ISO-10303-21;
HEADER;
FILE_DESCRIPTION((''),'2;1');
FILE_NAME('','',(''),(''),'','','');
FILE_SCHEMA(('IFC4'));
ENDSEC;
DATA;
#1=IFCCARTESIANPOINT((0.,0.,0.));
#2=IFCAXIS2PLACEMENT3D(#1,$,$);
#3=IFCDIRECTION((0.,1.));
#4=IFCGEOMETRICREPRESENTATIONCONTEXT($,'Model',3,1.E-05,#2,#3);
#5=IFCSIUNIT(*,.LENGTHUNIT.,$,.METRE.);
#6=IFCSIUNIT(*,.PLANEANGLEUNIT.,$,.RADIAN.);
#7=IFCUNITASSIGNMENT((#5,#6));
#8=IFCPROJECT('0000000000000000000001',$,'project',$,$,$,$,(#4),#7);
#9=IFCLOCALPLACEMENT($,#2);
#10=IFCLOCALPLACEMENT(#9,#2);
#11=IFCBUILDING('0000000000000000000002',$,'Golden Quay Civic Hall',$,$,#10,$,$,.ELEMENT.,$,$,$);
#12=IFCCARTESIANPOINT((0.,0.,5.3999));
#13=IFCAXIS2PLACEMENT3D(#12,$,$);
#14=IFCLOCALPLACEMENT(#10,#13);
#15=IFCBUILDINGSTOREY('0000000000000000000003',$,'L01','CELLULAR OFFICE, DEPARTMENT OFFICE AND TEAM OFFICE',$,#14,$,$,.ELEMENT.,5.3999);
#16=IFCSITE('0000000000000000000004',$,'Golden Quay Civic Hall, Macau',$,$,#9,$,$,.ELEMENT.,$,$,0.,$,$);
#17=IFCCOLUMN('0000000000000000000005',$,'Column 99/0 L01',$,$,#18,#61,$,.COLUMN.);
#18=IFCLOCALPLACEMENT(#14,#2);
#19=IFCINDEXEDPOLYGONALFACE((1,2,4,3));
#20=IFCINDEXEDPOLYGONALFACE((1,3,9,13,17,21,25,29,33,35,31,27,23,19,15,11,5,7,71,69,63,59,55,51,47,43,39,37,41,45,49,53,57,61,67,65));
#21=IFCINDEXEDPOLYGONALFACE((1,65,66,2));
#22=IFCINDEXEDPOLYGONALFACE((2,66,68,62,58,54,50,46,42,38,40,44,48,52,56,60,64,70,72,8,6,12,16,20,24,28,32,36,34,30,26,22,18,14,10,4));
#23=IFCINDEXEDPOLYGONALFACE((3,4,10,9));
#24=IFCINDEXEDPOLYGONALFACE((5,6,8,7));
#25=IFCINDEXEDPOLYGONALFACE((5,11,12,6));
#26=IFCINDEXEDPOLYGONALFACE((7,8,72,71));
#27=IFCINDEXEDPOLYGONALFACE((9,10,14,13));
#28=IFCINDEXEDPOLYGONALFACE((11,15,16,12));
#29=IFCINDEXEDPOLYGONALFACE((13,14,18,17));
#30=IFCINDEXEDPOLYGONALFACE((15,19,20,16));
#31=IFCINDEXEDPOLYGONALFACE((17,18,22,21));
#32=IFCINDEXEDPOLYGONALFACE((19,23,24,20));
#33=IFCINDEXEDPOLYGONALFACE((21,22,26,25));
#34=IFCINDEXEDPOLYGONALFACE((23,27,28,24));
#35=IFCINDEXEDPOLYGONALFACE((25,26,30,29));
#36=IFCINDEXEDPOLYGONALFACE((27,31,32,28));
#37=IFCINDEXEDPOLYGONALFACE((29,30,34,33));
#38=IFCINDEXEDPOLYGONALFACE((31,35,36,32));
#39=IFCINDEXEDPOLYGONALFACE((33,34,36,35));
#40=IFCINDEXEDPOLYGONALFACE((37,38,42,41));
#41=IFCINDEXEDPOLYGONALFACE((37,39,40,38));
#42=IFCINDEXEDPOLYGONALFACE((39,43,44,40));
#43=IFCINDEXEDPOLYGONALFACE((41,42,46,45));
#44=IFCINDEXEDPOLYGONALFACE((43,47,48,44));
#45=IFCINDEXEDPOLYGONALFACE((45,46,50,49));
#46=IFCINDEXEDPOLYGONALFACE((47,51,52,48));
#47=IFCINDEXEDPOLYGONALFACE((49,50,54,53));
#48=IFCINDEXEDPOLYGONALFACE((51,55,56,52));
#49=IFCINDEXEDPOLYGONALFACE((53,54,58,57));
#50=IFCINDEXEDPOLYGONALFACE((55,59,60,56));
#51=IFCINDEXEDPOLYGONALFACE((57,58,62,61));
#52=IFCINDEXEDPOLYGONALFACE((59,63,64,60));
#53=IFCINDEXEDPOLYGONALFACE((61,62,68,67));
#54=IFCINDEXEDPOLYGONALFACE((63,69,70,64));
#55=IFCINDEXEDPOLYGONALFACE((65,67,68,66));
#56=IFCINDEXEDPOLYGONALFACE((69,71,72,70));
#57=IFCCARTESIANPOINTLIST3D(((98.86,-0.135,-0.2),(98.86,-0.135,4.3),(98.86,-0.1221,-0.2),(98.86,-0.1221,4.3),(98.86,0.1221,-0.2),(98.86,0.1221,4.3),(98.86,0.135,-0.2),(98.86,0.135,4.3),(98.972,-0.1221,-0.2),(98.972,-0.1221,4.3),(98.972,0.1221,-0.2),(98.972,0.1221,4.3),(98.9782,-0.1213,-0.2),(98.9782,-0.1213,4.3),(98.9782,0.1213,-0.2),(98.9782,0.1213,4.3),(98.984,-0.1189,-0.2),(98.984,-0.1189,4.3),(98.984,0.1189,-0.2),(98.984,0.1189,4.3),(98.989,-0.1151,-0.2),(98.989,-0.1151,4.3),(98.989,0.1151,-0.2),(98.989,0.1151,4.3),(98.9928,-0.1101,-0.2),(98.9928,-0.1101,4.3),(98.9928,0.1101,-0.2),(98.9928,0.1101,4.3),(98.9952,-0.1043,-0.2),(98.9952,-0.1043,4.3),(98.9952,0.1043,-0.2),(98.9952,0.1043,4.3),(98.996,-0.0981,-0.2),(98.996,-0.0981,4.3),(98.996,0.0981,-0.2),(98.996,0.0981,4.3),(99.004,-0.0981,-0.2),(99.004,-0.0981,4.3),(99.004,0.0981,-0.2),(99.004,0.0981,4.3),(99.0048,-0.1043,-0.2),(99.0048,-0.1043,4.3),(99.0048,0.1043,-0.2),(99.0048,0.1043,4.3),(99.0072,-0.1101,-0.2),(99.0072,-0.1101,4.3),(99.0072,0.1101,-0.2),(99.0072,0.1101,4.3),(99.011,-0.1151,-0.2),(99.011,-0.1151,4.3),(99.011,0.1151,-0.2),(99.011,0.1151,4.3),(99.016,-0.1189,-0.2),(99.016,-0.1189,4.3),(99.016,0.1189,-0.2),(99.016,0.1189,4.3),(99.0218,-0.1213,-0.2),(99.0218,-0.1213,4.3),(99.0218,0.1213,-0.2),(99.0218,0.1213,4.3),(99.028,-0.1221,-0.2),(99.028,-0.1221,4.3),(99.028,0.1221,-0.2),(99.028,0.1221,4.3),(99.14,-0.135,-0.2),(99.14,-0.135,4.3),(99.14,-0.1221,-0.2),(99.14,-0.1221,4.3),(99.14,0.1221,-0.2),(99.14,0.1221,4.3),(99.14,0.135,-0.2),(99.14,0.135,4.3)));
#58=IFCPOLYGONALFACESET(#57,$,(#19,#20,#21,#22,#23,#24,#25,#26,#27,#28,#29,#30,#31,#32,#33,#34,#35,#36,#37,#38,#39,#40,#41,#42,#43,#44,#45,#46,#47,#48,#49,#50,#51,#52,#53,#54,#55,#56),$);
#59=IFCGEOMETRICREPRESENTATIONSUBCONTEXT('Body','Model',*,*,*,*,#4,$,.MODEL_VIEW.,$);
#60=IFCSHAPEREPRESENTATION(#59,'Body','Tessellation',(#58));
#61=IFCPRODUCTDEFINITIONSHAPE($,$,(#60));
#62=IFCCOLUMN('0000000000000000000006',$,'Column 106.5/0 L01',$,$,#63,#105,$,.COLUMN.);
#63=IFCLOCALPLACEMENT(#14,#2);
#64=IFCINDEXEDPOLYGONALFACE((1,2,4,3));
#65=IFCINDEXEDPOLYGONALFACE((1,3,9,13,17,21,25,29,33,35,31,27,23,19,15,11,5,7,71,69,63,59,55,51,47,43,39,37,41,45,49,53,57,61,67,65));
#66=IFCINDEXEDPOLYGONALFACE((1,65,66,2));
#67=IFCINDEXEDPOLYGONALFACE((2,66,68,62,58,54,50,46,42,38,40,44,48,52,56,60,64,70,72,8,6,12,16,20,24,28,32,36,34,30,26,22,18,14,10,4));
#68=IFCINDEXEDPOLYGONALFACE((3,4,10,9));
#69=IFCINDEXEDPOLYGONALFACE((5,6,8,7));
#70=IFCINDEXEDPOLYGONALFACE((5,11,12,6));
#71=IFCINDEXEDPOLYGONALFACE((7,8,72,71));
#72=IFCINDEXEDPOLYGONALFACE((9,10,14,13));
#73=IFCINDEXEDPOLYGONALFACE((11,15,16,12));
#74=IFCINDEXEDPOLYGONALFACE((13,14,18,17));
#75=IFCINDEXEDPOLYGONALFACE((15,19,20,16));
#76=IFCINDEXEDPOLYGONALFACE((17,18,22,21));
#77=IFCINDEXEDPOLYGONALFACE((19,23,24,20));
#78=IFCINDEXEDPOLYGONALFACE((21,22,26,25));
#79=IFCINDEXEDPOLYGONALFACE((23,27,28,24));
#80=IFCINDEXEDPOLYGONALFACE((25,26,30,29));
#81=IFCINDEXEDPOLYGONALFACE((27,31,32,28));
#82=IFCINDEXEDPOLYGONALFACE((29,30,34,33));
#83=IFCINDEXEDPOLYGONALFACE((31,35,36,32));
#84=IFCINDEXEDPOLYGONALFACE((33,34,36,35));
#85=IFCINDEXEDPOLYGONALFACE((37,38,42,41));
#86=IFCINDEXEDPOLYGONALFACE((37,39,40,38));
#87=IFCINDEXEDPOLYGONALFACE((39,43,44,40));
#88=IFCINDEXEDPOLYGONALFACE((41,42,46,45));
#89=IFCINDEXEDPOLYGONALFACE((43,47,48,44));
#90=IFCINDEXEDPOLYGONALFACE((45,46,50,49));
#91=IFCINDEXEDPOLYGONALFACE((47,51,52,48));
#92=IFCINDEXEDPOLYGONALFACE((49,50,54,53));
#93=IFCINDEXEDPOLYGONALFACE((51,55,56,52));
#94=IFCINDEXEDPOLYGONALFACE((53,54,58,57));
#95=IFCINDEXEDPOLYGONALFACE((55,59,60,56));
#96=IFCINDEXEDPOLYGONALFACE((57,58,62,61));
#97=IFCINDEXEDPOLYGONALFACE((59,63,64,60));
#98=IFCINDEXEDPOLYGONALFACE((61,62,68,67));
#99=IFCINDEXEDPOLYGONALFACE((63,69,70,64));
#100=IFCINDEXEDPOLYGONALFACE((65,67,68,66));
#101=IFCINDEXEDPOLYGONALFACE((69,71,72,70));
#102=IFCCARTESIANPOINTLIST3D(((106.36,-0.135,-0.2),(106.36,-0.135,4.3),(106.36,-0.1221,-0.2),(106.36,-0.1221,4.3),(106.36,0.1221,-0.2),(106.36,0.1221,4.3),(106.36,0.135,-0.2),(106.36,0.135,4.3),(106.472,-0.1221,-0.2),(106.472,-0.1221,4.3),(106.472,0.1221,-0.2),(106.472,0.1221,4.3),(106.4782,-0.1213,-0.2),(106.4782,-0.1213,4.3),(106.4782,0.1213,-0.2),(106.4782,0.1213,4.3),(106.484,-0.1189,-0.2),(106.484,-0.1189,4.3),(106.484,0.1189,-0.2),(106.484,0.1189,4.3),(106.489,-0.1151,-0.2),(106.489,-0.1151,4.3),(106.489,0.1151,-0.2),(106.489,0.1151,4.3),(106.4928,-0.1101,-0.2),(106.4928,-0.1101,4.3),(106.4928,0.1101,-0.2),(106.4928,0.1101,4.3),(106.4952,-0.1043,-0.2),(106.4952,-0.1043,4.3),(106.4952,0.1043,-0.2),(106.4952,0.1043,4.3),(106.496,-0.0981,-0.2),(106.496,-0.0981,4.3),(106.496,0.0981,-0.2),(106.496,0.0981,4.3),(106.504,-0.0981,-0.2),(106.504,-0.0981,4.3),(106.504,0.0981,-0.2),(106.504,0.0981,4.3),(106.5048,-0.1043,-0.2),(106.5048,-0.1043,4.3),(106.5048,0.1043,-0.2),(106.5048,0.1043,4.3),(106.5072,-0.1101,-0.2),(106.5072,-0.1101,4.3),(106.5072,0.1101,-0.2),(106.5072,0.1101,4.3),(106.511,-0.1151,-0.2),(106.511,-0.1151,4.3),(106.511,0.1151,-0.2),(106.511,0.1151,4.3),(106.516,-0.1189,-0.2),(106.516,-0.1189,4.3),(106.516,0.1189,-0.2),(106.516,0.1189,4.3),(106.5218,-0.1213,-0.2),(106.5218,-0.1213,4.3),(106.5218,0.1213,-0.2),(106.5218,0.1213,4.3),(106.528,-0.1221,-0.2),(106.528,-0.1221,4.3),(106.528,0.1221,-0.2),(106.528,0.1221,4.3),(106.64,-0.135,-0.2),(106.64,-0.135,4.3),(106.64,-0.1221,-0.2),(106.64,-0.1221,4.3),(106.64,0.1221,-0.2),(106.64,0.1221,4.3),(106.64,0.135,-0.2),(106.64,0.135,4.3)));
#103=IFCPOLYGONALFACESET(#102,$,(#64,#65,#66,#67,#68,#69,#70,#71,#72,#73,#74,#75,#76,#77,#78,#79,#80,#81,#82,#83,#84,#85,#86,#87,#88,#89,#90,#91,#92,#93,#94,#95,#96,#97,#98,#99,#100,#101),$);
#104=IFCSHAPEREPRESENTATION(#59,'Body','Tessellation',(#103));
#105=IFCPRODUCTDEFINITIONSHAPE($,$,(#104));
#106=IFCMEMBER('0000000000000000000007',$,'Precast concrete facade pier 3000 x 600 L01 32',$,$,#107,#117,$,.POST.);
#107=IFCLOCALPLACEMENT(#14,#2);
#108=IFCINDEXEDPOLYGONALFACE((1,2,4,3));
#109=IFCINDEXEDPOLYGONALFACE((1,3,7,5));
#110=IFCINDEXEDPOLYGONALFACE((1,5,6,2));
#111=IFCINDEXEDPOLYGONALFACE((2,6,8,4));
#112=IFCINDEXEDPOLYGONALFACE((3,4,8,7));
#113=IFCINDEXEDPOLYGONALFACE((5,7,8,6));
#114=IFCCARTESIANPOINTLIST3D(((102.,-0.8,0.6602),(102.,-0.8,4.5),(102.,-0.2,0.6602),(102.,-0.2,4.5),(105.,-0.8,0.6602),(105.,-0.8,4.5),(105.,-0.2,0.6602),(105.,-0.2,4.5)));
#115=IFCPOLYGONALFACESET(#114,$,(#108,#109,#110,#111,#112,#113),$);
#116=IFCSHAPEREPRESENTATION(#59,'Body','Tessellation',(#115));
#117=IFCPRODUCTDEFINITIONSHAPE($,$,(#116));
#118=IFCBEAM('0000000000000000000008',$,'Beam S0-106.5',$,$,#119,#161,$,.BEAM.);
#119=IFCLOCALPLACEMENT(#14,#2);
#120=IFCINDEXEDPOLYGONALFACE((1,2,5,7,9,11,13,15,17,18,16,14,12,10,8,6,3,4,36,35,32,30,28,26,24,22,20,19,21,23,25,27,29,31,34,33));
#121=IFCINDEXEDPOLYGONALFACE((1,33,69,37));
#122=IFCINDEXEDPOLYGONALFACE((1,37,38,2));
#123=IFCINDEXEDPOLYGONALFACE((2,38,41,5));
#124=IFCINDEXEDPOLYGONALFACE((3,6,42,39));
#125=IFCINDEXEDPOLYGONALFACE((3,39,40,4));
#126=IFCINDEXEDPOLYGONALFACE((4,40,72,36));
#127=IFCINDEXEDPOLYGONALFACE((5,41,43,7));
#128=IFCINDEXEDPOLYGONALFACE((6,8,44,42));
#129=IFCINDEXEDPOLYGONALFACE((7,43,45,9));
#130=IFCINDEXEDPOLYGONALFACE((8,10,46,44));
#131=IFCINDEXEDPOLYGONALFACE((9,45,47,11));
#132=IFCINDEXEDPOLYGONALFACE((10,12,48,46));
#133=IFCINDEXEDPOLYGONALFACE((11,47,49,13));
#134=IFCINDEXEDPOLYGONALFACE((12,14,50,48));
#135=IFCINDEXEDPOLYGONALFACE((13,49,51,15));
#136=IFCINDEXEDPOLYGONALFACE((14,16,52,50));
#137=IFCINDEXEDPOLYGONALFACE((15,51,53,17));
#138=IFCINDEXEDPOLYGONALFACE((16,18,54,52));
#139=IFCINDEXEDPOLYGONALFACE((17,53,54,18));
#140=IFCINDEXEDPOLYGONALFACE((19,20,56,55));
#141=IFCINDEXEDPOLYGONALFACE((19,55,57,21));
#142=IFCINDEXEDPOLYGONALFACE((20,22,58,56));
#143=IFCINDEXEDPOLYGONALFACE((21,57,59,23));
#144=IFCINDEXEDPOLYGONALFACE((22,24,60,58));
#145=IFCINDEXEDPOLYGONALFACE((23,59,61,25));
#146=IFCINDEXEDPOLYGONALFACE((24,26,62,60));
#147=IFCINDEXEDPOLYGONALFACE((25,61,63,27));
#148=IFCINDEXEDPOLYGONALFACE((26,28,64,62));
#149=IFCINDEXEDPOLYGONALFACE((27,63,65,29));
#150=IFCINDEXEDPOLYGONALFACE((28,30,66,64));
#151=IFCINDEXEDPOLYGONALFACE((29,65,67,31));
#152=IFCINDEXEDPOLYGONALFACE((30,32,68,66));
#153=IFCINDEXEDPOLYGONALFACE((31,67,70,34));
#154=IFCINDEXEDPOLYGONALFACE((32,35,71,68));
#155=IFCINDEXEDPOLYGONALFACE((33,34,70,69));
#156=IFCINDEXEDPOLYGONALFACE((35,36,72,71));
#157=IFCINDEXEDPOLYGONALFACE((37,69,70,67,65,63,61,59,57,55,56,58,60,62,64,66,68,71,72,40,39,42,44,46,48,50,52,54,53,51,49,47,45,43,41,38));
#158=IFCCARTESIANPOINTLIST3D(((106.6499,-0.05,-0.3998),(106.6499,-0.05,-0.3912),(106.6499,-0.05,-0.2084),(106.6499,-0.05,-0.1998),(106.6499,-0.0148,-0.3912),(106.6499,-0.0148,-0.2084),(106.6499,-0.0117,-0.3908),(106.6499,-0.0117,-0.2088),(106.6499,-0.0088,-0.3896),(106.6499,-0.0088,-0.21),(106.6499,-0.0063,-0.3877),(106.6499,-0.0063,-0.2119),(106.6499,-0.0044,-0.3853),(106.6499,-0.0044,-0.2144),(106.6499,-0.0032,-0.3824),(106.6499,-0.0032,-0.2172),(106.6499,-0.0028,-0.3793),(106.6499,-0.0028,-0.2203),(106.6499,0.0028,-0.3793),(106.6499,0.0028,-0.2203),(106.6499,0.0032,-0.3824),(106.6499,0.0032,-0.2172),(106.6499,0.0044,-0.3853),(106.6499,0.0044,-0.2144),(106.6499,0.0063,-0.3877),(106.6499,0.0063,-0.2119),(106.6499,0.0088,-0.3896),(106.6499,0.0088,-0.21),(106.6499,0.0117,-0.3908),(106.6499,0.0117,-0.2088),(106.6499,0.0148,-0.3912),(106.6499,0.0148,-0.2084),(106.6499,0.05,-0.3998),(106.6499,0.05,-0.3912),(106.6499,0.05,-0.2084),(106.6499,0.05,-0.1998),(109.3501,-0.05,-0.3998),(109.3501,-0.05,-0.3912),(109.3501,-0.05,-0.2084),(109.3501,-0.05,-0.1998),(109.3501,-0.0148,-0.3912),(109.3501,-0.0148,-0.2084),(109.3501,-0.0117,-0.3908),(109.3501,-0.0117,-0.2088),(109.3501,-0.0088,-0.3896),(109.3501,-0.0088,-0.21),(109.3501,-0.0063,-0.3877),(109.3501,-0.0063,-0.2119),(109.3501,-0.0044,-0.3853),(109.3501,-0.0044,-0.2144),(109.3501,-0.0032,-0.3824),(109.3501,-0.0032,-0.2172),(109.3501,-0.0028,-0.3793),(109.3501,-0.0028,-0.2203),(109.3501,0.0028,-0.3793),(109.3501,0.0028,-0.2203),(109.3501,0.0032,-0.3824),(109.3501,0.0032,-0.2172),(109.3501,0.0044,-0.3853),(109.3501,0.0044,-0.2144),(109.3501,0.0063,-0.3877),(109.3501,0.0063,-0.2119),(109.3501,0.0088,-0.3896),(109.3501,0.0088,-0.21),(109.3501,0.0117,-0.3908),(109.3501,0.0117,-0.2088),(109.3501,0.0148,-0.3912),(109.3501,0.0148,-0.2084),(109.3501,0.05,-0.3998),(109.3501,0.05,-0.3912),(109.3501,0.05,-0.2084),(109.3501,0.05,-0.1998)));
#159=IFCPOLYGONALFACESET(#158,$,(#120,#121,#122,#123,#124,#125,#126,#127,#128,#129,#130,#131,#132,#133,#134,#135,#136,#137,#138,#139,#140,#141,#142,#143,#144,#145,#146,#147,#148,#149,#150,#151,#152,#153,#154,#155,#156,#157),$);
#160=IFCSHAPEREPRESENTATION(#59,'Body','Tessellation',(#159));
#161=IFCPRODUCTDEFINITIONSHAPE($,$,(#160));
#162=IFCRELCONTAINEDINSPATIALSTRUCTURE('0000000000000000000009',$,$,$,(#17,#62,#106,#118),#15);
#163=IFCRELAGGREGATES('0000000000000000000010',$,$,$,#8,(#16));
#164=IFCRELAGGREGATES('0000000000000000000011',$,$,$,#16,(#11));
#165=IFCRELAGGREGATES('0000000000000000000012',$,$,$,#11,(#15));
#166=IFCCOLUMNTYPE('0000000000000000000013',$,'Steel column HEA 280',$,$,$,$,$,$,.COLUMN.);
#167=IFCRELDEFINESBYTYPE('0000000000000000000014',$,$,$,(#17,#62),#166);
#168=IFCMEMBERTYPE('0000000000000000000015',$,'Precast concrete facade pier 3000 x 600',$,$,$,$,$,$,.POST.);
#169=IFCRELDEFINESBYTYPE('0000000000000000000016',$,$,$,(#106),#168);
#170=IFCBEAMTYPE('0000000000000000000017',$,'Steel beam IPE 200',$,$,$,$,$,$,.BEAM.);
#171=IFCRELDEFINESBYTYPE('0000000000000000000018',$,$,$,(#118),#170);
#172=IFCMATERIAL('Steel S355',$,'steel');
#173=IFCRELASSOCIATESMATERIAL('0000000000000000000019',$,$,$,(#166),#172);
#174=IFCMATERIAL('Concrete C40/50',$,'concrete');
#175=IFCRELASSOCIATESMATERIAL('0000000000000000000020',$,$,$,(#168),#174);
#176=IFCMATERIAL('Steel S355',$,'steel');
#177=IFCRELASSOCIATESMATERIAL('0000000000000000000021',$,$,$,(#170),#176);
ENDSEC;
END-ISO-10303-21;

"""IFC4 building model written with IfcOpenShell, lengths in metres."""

from ifc_helpers import new_model, si_unit, direction, frame, origin, origin_2d, place, context, subcontext, project, spatial, rectangle, i_section, extrude, material, material_profile, profile_set, type_object, element, save


model = new_model("IFC4")

# Units and contexts
model_context = context("Model", 3, precision=1e-05, world=origin(), true_north=direction((0.0, 1.0)))
body_context = subcontext(model_context, "Body", "Model", "MODEL_VIEW")
ifc_project = project(units=[si_unit("LENGTHUNIT", "METRE"), si_unit("PLANEANGLEUNIT", "RADIAN")], contexts=[model_context])

# Site, building, storey
site_placement = place(None, origin())
site = spatial("IfcSite", under=ifc_project, at=site_placement, Name="Golden Quay Civic Hall, Macau", CompositionType="ELEMENT", RefElevation=0.0)
building_placement = place(site_placement, origin())
building = spatial("IfcBuilding", under=site, at=building_placement, Name="Golden Quay Civic Hall", CompositionType="ELEMENT")
storey_placement = place(building_placement, frame((0.0, 0.0, 5.3999)))
storey = spatial("IfcBuildingStorey", under=building, at=storey_placement, Name="L01", Description="CELLULAR OFFICE, DEPARTMENT OFFICE AND TEAM OFFICE", CompositionType="ELEMENT", Elevation=5.3999)

# Columns
ifc_material_1 = material(Name="Steel S355", Category="steel")
ifc_material_profile_1 = material_profile(ifc_material_1, i_section(OverallWidth=0.28, OverallDepth=0.27, WebThickness=0.0081, FlangeThickness=0.0129, FilletRadius=0.0239, at=origin_2d()), Name="HEA 280")
ifc_profile_set_1 = profile_set([ifc_material_profile_1], Name="Steel S355")
column_type = type_object("IfcColumnType", Name="Steel column HEA 280", PredefinedType="COLUMN", material=ifc_profile_set_1)
for number, where, z_axis, x_axis, name in (
    (1, (99.0, 0.0, -0.2), (0.0, 0.0, 1.0), (1.0, 0.0, 0.0), "Column 99/0 L01"),
    (2, (106.5, 0.0, -0.2), (0.0, 0.0, 1.0), (1.0, 0.0, 0.0), "Column 106.5/0 L01"),
):
    element("IfcColumn", number, at=place(storey_placement, frame(where, z_axis=z_axis, x_axis=x_axis)), inside=storey, type_object=column_type, Name=name, PredefinedType="COLUMN", context=body_context, shape_type="SweptSolid", body=[
        extrude(i_section(OverallWidth=0.28, OverallDepth=0.27, WebThickness=0.0081, FlangeThickness=0.0129, FilletRadius=0.0239, at=origin_2d()), origin(), (0.0, 0.0, 1.0), 4.5),
    ])

# Member
ifc_material_2 = material(Name="Concrete C40/50", Category="concrete")
ifc_material_profile_2 = material_profile(ifc_material_2, rectangle(XDim=3.0, YDim=0.6001, at=origin_2d()), Name="RC 3000x600")
ifc_profile_set_2 = profile_set([ifc_material_profile_2], Name="Concrete C40/50")
member_type_1 = type_object("IfcMemberType", Name="Precast concrete facade pier 3000 x 600", PredefinedType="POST", material=ifc_profile_set_2)
member_1_placement = place(storey_placement, frame((103.5, -0.5, 0.6602), z_axis=(0.0, 0.0, 1.0), x_axis=(1.0, 0.0, 0.0)))
element("IfcMember", 3, at=member_1_placement, inside=storey, type_object=member_type_1, Name="Precast concrete facade pier 3000 x 600 L01 32", PredefinedType="POST", context=body_context, shape_type="SweptSolid", body=[
    extrude(rectangle(XDim=3.0, YDim=0.6001, at=origin_2d()), origin(), (0.0, 0.0, 1.0), 3.8398),
])

# Beam
ifc_material_3 = material(Name="Steel S355", Category="steel")
ifc_material_profile_3 = material_profile(ifc_material_3, i_section(OverallWidth=0.1001, OverallDepth=0.2, WebThickness=0.0056, FlangeThickness=0.0085, FilletRadius=0.012, at=origin_2d()), Name="IPE 200")
ifc_profile_set_3 = profile_set([ifc_material_profile_3], Name="Steel S355")
beam_type_1 = type_object("IfcBeamType", Name="Steel beam IPE 200", PredefinedType="BEAM", material=ifc_profile_set_3)
beam_1_placement = place(storey_placement, frame((106.6499, 0.0, -0.2998), z_axis=(1.0, 0.0, 0.0), x_axis=(0.0, 1.0, 0.0)))
element("IfcBeam", 4, at=beam_1_placement, inside=storey, type_object=beam_type_1, Name="Beam S0-106.5", PredefinedType="BEAM", context=body_context, shape_type="SweptSolid", body=[
    extrude(i_section(OverallWidth=0.1001, OverallDepth=0.2, WebThickness=0.0056, FlangeThickness=0.0085, FilletRadius=0.012, at=origin_2d()), origin(), (0.0, 0.0, 1.0), 2.7002),
])

save(model, "model.ifc")
